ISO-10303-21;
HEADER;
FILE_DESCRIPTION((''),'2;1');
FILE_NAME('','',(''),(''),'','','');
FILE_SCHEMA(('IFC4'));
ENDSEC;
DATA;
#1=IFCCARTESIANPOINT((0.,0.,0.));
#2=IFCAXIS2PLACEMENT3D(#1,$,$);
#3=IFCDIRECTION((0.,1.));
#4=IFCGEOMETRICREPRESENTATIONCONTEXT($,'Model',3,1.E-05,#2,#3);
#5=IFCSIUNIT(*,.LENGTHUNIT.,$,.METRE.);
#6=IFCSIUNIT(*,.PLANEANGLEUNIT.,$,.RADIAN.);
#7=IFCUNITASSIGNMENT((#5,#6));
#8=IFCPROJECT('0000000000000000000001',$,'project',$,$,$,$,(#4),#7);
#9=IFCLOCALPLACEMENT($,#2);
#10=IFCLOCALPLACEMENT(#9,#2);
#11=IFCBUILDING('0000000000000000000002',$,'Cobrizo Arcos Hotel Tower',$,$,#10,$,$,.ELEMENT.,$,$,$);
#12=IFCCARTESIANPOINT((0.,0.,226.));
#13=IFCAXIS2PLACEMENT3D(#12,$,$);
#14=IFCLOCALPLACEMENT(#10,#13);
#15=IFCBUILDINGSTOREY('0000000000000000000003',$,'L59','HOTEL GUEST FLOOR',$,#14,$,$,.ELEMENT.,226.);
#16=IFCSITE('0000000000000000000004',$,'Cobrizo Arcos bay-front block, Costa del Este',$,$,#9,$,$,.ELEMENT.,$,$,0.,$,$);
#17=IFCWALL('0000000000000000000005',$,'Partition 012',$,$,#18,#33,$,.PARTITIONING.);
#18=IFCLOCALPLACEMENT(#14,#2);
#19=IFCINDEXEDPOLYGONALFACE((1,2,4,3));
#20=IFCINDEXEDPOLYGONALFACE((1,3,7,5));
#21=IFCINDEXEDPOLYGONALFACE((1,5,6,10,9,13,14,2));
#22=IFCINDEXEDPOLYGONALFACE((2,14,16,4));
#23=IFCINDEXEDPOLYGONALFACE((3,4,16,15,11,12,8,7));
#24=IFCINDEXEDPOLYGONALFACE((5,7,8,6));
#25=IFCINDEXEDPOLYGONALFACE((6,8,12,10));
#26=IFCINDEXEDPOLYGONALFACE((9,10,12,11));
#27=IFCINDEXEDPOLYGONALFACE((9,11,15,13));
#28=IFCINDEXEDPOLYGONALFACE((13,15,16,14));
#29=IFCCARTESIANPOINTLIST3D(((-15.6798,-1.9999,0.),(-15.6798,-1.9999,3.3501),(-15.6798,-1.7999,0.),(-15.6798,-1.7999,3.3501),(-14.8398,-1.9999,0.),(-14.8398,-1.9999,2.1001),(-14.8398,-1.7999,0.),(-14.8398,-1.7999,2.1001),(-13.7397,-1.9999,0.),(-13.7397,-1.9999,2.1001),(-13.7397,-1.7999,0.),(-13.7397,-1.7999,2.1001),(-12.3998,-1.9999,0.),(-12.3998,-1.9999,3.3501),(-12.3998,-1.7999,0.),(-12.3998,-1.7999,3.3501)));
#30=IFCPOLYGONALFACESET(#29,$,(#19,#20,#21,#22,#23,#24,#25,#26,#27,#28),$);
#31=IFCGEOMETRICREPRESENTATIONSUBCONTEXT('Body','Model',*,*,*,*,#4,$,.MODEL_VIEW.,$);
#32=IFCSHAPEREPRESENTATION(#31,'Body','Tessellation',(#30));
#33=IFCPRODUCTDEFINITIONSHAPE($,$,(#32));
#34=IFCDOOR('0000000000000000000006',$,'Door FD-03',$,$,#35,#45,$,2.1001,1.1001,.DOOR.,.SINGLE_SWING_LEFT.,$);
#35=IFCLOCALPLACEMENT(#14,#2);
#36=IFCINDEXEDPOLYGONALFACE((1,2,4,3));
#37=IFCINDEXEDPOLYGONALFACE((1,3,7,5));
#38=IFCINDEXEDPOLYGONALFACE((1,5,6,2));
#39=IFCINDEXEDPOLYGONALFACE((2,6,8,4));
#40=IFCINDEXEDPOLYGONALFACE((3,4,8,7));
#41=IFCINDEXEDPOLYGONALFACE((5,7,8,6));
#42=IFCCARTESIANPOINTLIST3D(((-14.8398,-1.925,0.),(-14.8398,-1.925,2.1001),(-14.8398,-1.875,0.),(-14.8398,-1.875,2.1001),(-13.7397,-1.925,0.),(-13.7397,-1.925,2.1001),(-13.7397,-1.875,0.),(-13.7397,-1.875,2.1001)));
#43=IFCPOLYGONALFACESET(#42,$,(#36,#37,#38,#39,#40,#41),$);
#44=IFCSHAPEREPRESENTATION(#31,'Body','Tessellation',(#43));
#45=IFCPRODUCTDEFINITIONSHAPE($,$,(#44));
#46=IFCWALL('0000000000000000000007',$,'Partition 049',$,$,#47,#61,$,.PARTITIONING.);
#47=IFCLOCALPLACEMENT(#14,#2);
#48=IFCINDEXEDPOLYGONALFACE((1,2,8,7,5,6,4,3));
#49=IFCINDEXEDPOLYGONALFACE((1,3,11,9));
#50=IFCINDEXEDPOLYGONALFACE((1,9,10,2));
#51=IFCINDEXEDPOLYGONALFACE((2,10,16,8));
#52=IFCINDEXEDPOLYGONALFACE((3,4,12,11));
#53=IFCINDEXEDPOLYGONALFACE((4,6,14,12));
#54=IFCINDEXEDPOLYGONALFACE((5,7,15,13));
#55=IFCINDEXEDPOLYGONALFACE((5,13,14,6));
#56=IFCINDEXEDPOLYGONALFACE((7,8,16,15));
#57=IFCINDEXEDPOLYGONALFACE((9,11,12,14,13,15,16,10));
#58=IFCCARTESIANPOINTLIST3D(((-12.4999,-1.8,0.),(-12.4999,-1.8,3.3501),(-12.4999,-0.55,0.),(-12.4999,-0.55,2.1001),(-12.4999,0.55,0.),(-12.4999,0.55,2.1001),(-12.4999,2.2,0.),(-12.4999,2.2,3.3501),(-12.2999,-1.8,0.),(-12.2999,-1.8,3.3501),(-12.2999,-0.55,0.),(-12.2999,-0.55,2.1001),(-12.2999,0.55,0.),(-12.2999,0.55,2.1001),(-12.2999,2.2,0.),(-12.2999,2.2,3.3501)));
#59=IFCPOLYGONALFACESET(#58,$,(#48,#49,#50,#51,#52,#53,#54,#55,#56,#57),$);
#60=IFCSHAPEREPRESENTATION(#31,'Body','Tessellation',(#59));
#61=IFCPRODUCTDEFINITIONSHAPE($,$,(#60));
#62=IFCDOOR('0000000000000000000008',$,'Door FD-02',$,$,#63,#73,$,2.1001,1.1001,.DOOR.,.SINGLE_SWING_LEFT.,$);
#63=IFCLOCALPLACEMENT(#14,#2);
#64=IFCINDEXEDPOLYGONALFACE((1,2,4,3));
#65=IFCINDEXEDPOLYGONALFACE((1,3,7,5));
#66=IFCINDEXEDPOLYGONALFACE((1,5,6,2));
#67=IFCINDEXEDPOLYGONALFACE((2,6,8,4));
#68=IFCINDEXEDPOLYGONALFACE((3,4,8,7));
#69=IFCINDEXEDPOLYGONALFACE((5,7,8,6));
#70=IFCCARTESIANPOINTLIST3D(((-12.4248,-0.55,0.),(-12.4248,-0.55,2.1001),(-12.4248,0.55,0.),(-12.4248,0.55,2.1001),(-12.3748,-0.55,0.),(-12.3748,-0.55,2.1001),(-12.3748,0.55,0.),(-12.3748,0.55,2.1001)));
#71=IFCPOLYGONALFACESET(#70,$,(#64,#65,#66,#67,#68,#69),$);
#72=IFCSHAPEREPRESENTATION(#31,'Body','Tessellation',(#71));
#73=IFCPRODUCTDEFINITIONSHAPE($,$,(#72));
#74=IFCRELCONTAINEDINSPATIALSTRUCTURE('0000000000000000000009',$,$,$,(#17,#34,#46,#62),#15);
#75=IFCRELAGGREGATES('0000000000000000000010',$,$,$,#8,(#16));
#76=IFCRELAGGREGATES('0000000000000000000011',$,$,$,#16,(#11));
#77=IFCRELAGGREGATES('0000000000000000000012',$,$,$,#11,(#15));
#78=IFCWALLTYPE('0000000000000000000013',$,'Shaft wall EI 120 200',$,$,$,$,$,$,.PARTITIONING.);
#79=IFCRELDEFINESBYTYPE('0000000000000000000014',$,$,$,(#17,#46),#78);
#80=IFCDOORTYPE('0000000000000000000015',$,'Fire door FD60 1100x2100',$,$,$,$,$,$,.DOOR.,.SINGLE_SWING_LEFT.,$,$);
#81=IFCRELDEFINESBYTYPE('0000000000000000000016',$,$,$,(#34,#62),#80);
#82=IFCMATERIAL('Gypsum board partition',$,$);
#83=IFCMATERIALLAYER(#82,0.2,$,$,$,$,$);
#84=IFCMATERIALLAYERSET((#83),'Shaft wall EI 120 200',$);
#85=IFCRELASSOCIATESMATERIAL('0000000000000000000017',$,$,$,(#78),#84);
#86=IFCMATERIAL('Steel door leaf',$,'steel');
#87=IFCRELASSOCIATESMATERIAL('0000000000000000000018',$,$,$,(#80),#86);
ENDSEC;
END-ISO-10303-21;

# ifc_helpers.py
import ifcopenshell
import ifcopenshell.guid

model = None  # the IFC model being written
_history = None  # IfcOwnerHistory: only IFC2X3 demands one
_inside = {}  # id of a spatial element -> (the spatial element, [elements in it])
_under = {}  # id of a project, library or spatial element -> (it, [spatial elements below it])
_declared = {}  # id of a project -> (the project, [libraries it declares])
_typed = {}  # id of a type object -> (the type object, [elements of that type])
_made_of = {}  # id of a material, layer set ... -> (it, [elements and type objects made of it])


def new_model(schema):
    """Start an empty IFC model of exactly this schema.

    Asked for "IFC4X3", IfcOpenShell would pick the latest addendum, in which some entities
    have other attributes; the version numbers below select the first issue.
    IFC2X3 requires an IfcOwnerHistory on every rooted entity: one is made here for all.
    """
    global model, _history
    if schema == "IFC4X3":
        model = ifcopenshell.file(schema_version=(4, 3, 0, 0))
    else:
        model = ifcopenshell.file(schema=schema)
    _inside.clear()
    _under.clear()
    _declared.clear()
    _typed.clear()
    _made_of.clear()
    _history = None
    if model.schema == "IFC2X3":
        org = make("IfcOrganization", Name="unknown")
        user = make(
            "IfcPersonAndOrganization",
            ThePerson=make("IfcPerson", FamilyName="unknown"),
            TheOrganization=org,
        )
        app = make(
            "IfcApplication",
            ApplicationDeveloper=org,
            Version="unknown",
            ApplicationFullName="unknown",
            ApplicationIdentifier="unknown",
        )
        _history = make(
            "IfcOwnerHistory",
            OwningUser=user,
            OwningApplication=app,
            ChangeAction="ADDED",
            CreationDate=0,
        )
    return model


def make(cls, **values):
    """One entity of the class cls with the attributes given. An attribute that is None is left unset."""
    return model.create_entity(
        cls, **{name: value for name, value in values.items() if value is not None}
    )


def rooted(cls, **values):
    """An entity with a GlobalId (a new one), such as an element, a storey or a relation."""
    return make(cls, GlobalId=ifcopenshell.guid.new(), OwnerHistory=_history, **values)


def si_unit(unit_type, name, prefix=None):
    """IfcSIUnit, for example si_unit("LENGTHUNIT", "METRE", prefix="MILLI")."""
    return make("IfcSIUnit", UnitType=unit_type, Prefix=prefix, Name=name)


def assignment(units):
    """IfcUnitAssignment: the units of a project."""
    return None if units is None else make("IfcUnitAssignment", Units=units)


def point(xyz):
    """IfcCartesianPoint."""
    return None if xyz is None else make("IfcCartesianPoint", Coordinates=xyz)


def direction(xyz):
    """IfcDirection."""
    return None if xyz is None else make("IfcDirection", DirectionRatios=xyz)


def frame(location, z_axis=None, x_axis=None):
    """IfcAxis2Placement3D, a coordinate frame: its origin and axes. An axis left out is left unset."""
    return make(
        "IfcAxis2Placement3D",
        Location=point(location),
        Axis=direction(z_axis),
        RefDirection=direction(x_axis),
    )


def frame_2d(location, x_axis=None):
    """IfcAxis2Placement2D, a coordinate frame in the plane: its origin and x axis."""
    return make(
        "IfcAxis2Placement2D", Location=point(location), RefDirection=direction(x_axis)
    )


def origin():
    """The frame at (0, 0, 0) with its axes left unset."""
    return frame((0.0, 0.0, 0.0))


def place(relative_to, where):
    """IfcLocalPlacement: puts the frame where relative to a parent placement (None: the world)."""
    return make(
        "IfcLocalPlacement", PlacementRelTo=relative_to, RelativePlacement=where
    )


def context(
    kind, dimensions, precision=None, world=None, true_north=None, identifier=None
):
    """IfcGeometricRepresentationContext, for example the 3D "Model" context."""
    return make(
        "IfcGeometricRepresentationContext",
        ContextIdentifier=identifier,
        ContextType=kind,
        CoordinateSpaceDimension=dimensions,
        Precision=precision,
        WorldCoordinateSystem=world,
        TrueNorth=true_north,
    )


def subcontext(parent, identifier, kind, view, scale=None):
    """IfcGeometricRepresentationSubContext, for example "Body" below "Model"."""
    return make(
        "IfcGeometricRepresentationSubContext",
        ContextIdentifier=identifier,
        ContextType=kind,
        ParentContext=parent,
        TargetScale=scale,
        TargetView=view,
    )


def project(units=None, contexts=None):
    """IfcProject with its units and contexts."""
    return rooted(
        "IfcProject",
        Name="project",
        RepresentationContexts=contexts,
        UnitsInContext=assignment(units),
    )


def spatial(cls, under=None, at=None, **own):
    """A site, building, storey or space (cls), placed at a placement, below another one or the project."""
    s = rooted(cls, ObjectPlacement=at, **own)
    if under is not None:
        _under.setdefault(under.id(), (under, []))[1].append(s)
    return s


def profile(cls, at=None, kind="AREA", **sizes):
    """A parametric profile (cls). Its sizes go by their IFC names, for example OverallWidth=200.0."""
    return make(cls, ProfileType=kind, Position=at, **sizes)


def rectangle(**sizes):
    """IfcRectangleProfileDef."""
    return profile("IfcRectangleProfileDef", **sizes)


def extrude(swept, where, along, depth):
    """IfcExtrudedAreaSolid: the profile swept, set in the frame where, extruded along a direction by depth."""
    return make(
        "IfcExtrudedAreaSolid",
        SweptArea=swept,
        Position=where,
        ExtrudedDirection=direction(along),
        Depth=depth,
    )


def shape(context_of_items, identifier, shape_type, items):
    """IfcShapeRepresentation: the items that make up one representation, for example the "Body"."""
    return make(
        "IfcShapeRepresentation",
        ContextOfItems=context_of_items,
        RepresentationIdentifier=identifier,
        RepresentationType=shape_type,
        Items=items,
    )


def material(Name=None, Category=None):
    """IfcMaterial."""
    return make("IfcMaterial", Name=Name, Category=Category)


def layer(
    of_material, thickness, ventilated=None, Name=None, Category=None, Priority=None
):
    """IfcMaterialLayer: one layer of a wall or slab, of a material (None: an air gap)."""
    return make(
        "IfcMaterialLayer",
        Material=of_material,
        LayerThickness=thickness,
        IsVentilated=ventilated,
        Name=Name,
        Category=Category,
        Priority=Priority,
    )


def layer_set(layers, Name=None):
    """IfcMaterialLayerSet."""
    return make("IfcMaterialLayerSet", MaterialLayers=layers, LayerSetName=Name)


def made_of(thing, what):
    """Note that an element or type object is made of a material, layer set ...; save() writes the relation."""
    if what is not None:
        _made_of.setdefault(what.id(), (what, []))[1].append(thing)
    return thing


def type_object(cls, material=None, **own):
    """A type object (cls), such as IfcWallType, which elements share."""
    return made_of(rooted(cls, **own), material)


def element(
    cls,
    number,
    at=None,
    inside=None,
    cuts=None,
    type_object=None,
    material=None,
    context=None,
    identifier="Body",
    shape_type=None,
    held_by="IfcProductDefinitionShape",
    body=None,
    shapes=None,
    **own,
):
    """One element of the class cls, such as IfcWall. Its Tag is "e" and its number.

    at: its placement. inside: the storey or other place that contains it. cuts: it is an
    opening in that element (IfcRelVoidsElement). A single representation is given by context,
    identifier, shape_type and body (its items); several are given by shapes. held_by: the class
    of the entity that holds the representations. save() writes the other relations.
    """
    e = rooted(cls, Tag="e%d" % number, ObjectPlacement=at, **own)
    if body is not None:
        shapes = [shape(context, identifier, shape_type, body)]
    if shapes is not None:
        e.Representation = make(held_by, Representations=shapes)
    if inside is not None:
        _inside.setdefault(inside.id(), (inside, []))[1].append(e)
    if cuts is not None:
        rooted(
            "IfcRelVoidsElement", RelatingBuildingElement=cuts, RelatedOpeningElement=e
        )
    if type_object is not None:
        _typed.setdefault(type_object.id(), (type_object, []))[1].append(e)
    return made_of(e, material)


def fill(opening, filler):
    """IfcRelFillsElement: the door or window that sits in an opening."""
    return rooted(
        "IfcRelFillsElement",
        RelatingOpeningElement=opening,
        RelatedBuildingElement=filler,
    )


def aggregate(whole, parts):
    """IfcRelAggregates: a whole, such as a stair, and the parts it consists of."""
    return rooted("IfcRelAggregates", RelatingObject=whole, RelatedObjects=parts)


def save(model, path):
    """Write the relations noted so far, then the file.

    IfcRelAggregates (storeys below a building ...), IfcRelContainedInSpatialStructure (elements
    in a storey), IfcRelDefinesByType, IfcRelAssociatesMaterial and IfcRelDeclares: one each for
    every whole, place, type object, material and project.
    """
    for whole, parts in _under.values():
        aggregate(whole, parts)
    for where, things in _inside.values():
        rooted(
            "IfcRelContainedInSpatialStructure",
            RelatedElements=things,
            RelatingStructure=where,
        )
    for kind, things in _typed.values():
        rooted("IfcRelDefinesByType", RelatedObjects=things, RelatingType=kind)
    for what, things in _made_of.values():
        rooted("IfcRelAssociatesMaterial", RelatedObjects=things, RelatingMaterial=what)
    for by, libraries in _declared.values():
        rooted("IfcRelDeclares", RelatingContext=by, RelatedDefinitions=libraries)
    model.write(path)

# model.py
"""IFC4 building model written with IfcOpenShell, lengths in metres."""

from ifc_helpers import new_model, si_unit, direction, frame, frame_2d, origin, place, context, subcontext, project, spatial, rectangle, extrude, material, layer, layer_set, type_object, element, fill, save


model = new_model("IFC4")

# Units and contexts
model_context = context("Model", 3, precision=1e-05, world=origin(), true_north=direction((0.0, 1.0)))
body_context = subcontext(model_context, "Body", "Model", "MODEL_VIEW")
ifc_project = project(units=[si_unit("LENGTHUNIT", "METRE"), si_unit("PLANEANGLEUNIT", "RADIAN")], contexts=[model_context])

# Site, building, storey
site_placement = place(None, origin())
site = spatial("IfcSite", under=ifc_project, at=site_placement, Name="Cobrizo Arcos bay-front block, Costa del Este", CompositionType="ELEMENT", RefElevation=0.0)
building_placement = place(site_placement, origin())
building = spatial("IfcBuilding", under=site, at=building_placement, Name="Cobrizo Arcos Hotel Tower", CompositionType="ELEMENT")
storey_placement = place(building_placement, frame((0.0, 0.0, 226.0)))
storey = spatial("IfcBuildingStorey", under=building, at=storey_placement, Name="L59", Description="HOTEL GUEST FLOOR", CompositionType="ELEMENT", Elevation=226.0)

# Shared definitions
ifc_material_1 = material(Name="Gypsum board partition")

# Walls, openings, doors
ifc_layer_1 = layer(ifc_material_1, 0.2)
ifc_layer_set_1 = layer_set([ifc_layer_1], Name="Shaft wall EI 120 200")
wall_type_1 = type_object("IfcWallType", Name="Shaft wall EI 120 200", PredefinedType="PARTITIONING", material=ifc_layer_set_1)
wall_1_placement = place(storey_placement, frame((-15.6799, -1.8999, 0.0), z_axis=(0.0, 0.0, 1.0), x_axis=(1.0, 0.0, 0.0)))
wall_1 = element("IfcWall", 1, at=wall_1_placement, inside=storey, type_object=wall_type_1, Name="Partition 012", PredefinedType="PARTITIONING", context=body_context, shape_type="SweptSolid", body=[
    extrude(rectangle(XDim=3.28, YDim=0.2, at=frame_2d((1.6401, 0.0))), origin(), (0.0, 0.0, 1.0), 3.3501),
])
opening_1_placement = place(wall_1_placement, frame((0.8401, 0.0, 0.0)))
opening_1 = element("IfcOpeningElement", 2, at=opening_1_placement, cuts=wall_1, PredefinedType="OPENING", context=body_context, shape_type="SweptSolid", body=[
    extrude(rectangle(XDim=1.1001, YDim=2.1001, at=frame_2d((0.55, 1.05))), frame((0.0, 0.1121, 0.0), z_axis=(0.0, -1.0, 0.0), x_axis=(1.0, 0.0, 0.0)), (0.0, 0.0, 1.0), 0.2239),
])
ifc_material_2 = material(Name="Steel door leaf", Category="steel")
door_type_1 = type_object("IfcDoorType", Name="Fire door FD60 1100x2100", OperationType="SINGLE_SWING_LEFT", PredefinedType="DOOR", material=ifc_material_2)
door_1_placement = place(opening_1_placement, origin())
door_1 = element("IfcDoor", 3, at=door_1_placement, inside=storey, type_object=door_type_1, Name="Door FD-03", OperationType="SINGLE_SWING_LEFT", OverallHeight=2.1001, OverallWidth=1.1001, PredefinedType="DOOR", context=body_context, shape_type="SweptSolid", body=[
    extrude(rectangle(XDim=1.1001, YDim=2.1001, at=frame_2d((0.55, 1.05))), frame((0.0, 0.0249, 0.0), z_axis=(0.0, -1.0, 0.0), x_axis=(1.0, 0.0, 0.0)), (0.0, 0.0, 1.0), 0.05),
])
fill(opening_1, door_1)
wall_2_placement = place(storey_placement, frame((-12.3999, -1.8, 0.0), z_axis=(0.0, 0.0, 1.0), x_axis=(0.0, 1.0, 0.0)))
wall_2 = element("IfcWall", 4, at=wall_2_placement, inside=storey, type_object=wall_type_1, Name="Partition 049", PredefinedType="PARTITIONING", context=body_context, shape_type="SweptSolid", body=[
    extrude(rectangle(XDim=4.0, YDim=0.2, at=frame_2d((2.0, 0.0))), origin(), (0.0, 0.0, 1.0), 3.3501),
])
opening_2_placement = place(wall_2_placement, frame((1.25, 0.0, 0.0)))
opening_2 = element("IfcOpeningElement", 5, at=opening_2_placement, cuts=wall_2, PredefinedType="OPENING", context=body_context, shape_type="SweptSolid", body=[
    extrude(rectangle(XDim=1.1001, YDim=2.1001, at=frame_2d((0.55, 1.05))), frame((0.0, 0.1121, 0.0), z_axis=(0.0, -1.0, 0.0), x_axis=(1.0, 0.0, 0.0)), (0.0, 0.0, 1.0), 0.2239),
])
door_2_placement = place(opening_2_placement, origin())
door_2 = element("IfcDoor", 6, at=door_2_placement, inside=storey, type_object=door_type_1, Name="Door FD-02", OperationType="SINGLE_SWING_LEFT", OverallHeight=2.1001, OverallWidth=1.1001, PredefinedType="DOOR", context=body_context, shape_type="SweptSolid", body=[
    extrude(rectangle(XDim=1.1001, YDim=2.1001, at=frame_2d((0.55, 1.05))), frame((0.0, 0.0249, 0.0), z_axis=(0.0, -1.0, 0.0), x_axis=(1.0, 0.0, 0.0)), (0.0, 0.0, 1.0), 0.05),
])
fill(opening_2, door_2)

save(model, "model.ifc")
